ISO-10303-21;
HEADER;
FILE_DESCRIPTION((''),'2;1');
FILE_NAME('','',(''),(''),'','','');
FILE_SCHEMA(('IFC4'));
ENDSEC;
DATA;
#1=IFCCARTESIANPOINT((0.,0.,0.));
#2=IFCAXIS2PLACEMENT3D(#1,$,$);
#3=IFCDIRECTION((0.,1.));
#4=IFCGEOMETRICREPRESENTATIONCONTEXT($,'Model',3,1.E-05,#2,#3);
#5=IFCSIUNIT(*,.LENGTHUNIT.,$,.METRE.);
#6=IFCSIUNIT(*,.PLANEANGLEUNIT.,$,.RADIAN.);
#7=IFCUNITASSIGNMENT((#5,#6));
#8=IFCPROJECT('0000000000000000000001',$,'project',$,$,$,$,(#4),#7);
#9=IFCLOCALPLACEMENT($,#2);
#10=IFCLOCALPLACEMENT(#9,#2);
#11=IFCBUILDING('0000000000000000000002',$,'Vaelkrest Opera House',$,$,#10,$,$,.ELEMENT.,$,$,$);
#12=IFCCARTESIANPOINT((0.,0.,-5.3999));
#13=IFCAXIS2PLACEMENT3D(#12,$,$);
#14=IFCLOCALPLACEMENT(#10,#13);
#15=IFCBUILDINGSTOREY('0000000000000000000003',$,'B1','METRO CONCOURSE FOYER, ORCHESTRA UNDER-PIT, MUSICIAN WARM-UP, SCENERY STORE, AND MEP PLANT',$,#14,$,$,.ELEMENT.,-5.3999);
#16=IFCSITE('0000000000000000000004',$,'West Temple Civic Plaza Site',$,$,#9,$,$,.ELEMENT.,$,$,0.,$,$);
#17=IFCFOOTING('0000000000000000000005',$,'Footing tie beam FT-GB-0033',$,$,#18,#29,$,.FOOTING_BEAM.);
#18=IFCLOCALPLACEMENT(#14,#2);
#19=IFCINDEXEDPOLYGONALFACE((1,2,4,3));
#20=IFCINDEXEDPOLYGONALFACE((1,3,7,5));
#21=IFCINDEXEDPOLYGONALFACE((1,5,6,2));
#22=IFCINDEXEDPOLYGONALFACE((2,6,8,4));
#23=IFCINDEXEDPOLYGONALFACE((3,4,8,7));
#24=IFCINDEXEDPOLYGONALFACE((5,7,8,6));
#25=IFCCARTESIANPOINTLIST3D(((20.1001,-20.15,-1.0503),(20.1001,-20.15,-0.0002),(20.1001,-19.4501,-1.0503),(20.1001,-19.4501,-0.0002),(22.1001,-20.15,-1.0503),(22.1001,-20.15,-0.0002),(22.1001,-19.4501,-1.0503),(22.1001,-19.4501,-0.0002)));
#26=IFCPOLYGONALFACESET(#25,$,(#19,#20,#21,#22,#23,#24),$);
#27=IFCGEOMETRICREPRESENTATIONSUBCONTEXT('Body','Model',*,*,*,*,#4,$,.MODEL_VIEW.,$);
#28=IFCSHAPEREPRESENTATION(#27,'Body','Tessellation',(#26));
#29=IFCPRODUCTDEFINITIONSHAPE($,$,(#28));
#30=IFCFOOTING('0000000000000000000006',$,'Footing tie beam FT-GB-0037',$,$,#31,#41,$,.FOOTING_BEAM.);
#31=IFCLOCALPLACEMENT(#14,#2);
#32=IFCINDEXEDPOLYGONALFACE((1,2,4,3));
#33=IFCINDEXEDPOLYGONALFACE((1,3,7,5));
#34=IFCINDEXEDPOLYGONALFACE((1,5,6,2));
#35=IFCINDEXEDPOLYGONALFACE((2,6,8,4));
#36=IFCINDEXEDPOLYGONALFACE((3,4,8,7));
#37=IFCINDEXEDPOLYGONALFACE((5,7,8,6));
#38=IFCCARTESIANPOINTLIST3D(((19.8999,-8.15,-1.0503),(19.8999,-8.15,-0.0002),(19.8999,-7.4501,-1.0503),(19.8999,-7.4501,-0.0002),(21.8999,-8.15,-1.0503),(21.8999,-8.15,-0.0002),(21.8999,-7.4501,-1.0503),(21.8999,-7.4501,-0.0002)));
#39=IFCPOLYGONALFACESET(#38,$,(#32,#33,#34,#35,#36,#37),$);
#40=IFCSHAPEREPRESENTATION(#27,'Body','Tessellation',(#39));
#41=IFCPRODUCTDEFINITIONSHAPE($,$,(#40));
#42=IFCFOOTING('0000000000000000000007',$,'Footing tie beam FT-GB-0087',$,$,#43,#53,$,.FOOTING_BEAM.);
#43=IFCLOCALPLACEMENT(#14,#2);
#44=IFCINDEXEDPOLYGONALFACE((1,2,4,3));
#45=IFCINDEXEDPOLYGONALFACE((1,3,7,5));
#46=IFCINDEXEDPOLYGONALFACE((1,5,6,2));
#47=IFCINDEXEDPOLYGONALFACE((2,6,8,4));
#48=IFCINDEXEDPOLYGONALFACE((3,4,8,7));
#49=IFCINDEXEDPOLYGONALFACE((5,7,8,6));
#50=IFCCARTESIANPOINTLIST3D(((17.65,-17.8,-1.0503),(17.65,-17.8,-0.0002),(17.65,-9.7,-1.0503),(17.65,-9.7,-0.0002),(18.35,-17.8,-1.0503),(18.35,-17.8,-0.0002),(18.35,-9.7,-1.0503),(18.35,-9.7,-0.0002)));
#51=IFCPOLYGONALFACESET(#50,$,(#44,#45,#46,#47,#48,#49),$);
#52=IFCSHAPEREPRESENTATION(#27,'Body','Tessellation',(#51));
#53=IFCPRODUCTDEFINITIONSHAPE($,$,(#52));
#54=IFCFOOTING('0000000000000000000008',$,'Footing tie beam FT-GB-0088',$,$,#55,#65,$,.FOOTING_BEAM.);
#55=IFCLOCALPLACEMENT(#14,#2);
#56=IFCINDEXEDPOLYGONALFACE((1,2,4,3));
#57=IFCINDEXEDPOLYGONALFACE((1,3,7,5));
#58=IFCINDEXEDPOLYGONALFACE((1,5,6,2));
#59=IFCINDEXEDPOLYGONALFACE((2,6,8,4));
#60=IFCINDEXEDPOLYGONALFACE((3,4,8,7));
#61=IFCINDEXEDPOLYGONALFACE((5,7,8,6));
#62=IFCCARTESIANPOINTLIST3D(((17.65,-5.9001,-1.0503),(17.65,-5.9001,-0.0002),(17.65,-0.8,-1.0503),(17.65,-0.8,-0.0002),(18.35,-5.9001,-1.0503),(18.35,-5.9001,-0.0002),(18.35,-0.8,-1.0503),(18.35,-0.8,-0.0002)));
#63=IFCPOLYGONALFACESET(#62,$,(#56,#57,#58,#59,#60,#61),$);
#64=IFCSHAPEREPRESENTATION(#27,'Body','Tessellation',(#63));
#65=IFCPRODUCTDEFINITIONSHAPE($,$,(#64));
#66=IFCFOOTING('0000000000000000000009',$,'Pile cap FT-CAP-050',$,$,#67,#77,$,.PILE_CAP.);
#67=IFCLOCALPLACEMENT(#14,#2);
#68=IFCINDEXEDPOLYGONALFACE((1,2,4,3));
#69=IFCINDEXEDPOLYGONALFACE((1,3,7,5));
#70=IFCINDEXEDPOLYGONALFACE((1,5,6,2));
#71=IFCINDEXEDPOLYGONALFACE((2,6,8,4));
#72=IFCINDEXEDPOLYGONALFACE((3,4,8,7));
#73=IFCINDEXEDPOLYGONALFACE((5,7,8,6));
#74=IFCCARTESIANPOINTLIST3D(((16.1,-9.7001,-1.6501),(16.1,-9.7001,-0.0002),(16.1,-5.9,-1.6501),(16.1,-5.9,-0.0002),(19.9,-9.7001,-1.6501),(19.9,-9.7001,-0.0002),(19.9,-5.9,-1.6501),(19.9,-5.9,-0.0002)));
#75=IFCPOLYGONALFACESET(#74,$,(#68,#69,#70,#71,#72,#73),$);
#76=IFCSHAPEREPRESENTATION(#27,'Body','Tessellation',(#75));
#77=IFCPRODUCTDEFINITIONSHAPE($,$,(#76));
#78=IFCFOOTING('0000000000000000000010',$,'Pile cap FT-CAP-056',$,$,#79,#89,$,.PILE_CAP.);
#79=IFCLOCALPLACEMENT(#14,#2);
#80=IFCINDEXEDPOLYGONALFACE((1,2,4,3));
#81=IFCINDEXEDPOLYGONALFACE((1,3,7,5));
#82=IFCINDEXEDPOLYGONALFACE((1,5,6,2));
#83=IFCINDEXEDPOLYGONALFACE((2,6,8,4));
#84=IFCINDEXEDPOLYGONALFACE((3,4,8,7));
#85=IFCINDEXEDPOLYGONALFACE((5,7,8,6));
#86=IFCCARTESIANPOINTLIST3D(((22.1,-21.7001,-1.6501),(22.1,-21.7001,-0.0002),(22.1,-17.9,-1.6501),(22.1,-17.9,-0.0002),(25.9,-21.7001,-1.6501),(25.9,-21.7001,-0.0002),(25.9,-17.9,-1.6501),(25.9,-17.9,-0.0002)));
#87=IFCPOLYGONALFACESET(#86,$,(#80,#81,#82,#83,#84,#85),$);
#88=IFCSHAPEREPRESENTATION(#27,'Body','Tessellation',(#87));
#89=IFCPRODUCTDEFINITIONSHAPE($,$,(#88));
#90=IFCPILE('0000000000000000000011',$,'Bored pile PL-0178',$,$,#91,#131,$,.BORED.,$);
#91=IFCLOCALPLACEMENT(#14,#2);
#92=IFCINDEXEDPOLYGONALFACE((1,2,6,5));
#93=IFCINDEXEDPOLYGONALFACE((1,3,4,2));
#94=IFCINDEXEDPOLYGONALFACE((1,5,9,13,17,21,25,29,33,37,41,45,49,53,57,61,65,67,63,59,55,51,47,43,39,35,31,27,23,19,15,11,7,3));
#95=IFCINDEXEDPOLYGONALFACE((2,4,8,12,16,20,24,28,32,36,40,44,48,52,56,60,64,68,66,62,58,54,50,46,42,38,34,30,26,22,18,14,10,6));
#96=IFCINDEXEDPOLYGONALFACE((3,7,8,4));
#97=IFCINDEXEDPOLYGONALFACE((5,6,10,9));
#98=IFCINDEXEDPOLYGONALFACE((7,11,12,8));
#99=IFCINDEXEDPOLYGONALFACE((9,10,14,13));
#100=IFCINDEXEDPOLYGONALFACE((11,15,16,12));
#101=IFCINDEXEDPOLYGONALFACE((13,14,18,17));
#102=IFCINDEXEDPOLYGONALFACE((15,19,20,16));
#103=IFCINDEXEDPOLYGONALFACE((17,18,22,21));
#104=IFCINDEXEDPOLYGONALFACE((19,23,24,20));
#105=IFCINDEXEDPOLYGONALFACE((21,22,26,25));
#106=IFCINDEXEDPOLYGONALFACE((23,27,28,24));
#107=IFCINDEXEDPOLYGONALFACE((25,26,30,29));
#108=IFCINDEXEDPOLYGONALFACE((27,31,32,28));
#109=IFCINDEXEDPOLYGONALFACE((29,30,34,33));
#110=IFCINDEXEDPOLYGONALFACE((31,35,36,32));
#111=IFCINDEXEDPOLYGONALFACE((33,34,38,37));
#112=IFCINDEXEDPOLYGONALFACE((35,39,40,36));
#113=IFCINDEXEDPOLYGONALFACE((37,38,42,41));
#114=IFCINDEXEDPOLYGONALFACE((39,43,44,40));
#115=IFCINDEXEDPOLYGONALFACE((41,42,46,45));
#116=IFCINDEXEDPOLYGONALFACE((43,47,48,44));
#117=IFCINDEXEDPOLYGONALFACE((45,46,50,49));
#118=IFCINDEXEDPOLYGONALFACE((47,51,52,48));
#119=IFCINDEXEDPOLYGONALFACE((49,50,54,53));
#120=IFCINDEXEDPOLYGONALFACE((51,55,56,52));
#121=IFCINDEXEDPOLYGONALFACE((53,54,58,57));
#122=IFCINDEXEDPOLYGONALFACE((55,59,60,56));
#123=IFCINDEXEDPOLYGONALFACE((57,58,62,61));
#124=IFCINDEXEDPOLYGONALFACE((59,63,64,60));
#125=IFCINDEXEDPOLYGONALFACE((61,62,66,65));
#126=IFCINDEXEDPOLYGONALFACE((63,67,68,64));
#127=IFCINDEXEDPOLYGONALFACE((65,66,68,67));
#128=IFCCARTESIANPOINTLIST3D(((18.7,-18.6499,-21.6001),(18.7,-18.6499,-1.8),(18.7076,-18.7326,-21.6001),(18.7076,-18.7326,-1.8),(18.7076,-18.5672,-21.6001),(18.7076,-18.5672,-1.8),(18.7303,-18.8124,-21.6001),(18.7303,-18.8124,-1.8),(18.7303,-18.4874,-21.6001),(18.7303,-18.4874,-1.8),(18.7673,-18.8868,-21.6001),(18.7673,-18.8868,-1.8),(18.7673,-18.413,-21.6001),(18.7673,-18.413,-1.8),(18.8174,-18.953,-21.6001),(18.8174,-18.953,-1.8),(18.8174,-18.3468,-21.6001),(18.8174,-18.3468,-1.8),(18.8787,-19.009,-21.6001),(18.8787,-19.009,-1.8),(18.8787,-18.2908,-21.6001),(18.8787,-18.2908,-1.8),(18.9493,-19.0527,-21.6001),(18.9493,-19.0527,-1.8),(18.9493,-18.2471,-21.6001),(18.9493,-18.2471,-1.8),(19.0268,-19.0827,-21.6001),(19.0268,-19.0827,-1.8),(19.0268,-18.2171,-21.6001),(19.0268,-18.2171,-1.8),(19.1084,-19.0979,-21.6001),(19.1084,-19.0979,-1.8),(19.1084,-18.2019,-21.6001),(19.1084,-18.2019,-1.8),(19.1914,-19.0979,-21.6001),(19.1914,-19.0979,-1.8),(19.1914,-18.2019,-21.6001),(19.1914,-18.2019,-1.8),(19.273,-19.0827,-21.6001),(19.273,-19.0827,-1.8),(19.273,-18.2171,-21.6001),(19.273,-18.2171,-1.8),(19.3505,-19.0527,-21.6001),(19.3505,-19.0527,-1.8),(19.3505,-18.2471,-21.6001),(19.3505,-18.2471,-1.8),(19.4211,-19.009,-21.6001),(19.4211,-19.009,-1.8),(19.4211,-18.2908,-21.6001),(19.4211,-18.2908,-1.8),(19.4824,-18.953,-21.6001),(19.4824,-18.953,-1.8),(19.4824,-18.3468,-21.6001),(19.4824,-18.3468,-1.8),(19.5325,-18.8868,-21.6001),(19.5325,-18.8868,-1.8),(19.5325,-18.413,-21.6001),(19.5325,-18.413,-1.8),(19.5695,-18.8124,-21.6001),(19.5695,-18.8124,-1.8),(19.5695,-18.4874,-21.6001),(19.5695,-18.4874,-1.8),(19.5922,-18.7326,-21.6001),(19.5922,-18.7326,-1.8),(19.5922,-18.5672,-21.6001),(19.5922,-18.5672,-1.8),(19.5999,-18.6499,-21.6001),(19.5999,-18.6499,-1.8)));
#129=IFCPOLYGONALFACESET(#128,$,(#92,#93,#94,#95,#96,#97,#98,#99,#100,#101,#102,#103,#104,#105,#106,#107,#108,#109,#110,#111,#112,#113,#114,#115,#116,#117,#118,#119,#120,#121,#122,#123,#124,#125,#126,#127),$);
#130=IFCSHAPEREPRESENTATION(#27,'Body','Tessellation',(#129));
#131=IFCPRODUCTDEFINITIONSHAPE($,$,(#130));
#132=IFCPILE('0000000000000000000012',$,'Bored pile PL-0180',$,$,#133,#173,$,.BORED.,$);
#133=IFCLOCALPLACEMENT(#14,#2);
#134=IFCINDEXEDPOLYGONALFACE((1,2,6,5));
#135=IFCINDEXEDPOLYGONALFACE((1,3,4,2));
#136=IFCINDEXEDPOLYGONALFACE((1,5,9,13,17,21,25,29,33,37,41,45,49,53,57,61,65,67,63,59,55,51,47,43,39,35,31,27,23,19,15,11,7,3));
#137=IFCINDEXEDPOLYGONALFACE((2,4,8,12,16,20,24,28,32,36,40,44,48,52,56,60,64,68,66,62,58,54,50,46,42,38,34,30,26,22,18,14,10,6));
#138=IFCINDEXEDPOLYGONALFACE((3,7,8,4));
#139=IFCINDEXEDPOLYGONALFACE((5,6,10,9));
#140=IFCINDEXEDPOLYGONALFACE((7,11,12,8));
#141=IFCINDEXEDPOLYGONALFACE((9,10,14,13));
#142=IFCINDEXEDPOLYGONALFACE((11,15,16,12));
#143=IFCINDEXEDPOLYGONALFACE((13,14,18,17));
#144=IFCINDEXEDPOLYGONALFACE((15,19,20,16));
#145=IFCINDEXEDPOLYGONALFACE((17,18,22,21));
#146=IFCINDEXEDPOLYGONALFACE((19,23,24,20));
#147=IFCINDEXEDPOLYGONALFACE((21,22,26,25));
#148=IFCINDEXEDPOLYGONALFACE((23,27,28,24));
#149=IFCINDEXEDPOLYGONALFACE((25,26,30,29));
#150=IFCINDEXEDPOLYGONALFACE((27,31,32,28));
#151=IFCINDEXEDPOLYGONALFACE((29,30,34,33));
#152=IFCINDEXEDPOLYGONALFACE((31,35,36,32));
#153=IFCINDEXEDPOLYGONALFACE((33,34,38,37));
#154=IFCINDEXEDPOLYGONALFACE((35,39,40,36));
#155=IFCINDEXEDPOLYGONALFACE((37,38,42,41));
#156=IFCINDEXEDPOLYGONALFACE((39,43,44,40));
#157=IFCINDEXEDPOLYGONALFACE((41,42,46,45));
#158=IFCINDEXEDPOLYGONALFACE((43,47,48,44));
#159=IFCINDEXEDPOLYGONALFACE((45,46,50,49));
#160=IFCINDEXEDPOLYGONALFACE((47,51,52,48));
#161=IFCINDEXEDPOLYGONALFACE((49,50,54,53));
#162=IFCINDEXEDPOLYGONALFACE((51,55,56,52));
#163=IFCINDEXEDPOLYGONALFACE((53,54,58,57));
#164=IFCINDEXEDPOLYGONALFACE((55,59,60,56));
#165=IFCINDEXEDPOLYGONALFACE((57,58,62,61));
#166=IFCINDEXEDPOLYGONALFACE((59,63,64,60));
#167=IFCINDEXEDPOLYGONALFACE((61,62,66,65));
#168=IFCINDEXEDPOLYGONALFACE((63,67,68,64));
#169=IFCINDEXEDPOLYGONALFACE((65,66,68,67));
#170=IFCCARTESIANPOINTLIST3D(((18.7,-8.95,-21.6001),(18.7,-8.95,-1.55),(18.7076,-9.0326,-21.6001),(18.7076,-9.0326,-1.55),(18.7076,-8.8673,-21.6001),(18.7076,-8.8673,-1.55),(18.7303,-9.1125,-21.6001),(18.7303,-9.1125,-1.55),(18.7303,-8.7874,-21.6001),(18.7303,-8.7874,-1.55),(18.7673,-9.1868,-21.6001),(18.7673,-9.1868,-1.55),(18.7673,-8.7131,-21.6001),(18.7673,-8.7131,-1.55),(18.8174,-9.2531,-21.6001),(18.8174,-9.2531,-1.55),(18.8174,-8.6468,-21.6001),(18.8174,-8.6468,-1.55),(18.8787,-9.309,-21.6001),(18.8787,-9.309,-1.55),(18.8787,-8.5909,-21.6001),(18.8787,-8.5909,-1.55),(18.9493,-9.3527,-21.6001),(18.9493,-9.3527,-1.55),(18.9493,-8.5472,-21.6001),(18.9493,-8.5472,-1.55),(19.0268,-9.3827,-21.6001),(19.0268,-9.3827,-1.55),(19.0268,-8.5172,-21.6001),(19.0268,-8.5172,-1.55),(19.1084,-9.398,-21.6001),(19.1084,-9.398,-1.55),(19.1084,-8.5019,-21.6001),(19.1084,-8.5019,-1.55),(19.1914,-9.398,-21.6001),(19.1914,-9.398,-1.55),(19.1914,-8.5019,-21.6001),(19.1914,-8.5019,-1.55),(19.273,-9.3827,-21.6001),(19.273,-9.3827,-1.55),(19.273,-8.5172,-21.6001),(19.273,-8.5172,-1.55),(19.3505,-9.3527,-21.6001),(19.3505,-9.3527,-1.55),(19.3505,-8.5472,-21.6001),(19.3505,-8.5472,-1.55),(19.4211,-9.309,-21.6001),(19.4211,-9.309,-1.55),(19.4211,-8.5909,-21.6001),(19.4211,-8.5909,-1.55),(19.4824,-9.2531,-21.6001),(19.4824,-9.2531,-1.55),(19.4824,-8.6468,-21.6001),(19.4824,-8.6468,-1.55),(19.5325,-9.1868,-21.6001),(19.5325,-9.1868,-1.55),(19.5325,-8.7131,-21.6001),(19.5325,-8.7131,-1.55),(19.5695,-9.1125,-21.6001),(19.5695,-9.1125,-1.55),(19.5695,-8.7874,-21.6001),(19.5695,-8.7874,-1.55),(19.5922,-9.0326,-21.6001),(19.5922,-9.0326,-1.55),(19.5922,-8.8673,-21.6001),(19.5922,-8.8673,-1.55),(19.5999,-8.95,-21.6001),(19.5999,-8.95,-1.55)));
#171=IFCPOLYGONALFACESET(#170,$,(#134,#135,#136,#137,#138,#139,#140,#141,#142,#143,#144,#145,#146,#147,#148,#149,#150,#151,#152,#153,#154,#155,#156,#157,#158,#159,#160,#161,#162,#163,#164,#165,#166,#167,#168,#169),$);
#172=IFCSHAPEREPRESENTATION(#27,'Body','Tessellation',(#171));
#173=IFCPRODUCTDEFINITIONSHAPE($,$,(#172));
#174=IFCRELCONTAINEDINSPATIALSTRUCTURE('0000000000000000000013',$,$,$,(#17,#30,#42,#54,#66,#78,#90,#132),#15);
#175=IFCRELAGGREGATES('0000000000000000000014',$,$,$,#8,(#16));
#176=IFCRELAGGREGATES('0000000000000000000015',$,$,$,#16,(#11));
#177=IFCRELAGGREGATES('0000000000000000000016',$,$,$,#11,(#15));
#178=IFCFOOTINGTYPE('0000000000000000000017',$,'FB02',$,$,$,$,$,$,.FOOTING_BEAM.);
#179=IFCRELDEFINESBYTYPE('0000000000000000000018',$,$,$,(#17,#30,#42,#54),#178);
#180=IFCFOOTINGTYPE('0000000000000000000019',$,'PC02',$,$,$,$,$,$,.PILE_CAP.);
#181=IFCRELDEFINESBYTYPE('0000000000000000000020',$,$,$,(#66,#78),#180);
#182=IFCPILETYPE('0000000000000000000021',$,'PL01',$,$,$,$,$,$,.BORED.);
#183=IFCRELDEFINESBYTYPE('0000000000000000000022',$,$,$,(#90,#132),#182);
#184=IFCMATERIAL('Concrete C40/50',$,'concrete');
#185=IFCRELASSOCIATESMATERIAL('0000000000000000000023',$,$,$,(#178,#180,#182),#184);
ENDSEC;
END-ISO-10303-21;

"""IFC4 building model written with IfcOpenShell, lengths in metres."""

from ifc_helpers import new_model, si_unit, direction, frame, origin, origin_2d, place, context, subcontext, project, spatial, rectangle, circle, extrude, material, material_profile, profile_set, type_object, element, save


model = new_model("IFC4")

# Units and contexts
model_context = context("Model", 3, precision=1e-05, world=origin(), true_north=direction((0.0, 1.0)))
body_context = subcontext(model_context, "Body", "Model", "MODEL_VIEW")
ifc_project = project(units=[si_unit("LENGTHUNIT", "METRE"), si_unit("PLANEANGLEUNIT", "RADIAN")], contexts=[model_context])

# Site, building, storey
site_placement = place(None, origin())
site = spatial("IfcSite", under=ifc_project, at=site_placement, Name="West Temple Civic Plaza Site", CompositionType="ELEMENT", RefElevation=0.0)
building_placement = place(site_placement, origin())
building = spatial("IfcBuilding", under=site, at=building_placement, Name="Vaelkrest Opera House", CompositionType="ELEMENT")
storey_placement = place(building_placement, frame((0.0, 0.0, -5.3999)))
storey = spatial("IfcBuildingStorey", under=building, at=storey_placement, Name="B1", Description="METRO CONCOURSE FOYER, ORCHESTRA UNDER-PIT, MUSICIAN WARM-UP, SCENERY STORE, AND MEP PLANT", CompositionType="ELEMENT", Elevation=-5.3999)

# Footings
ifc_material_1 = material(Name="Concrete C40/50", Category="concrete")
footing_type_1 = type_object("IfcFootingType", Name="FB02", PredefinedType="FOOTING_BEAM", material=ifc_material_1)
for number, where, z_axis, x_axis, name in (
    (1, (21.1001, -19.8, -1.0503), (0.0, 0.0, 1.0), (1.0, 0.0, 0.0), "Footing tie beam FT-GB-0033"),
    (2, (20.8999, -7.8, -1.0503), (0.0, 0.0, 1.0), (1.0, 0.0, 0.0), "Footing tie beam FT-GB-0037"),
):
    element("IfcFooting", number, at=place(storey_placement, frame(where, z_axis=z_axis, x_axis=x_axis)), inside=storey, type_object=footing_type_1, Name=name, PredefinedType="FOOTING_BEAM", context=body_context, shape_type="SweptSolid", body=[
        extrude(rectangle(XDim=2.0, YDim=0.7, at=origin_2d()), origin(), (0.0, 0.0, 1.0), 1.05),
    ])
footing_1_placement = place(storey_placement, frame((18.0, -13.75, -1.0503), z_axis=(0.0, 0.0, 1.0), x_axis=(0.0, 1.0, 0.0)))
element("IfcFooting", 3, at=footing_1_placement, inside=storey, type_object=footing_type_1, Name="Footing tie beam FT-GB-0087", PredefinedType="FOOTING_BEAM", context=body_context, shape_type="SweptSolid", body=[
    extrude(rectangle(XDim=8.1001, YDim=0.7, at=origin_2d()), origin(), (0.0, 0.0, 1.0), 1.05),
])
footing_2_placement = place(storey_placement, frame((18.0, -3.3501, -1.0503), z_axis=(0.0, 0.0, 1.0), x_axis=(0.0, 1.0, 0.0)))
element("IfcFooting", 4, at=footing_2_placement, inside=storey, type_object=footing_type_1, Name="Footing tie beam FT-GB-0088", PredefinedType="FOOTING_BEAM", context=body_context, shape_type="SweptSolid", body=[
    extrude(rectangle(XDim=5.1001, YDim=0.7, at=origin_2d()), origin(), (0.0, 0.0, 1.0), 1.05),
])
footing_type_2 = type_object("IfcFootingType", Name="PC02", PredefinedType="PILE_CAP", material=ifc_material_1)
for number, where, z_axis, x_axis, name in (
    (5, (18.0, -7.8, -1.6501), (0.0, 0.0, 1.0), (1.0, 0.0, 0.0), "Pile cap FT-CAP-050"),
    (6, (24.0, -19.8, -1.6501), (0.0, 0.0, 1.0), (1.0, 0.0, 0.0), "Pile cap FT-CAP-056"),
):
    element("IfcFooting", number, at=place(storey_placement, frame(where, z_axis=z_axis, x_axis=x_axis)), inside=storey, type_object=footing_type_2, Name=name, PredefinedType="PILE_CAP", context=body_context, shape_type="SweptSolid", body=[
        extrude(rectangle(XDim=3.8, YDim=3.8, at=origin_2d()), origin(), (0.0, 0.0, 1.0), 1.6499),
    ])

# Piles
ifc_material_profile_1 = material_profile(ifc_material_1, circle(Radius=0.45, at=origin_2d()), Name="PILE900")
ifc_profile_set_1 = profile_set([ifc_material_profile_1], Name="Concrete C40/50")
pile_type = type_object("IfcPileType", Name="PL01", PredefinedType="BORED", material=ifc_profile_set_1)
pile_placement = place(storey_placement, frame((19.1499, -18.6499, -1.8), z_axis=(0.0, 0.0, -1.0), x_axis=(1.0, 0.0, 0.0)))
element("IfcPile", 7, at=pile_placement, inside=storey, type_object=pile_type, Name="Bored pile PL-0178", PredefinedType="BORED", context=body_context, shape_type="SweptSolid", body=[
    extrude(circle(Radius=0.45, at=origin_2d()), origin(), (0.0, 0.0, 1.0), 19.8),
])
for number, where, z_axis, x_axis, name in (
    (8, (19.1499, -8.95, -1.55), (0.0, 0.0, -1.0), (1.0, 0.0, 0.0), "Bored pile PL-0180"),
):
    element("IfcPile", number, at=place(storey_placement, frame(where, z_axis=z_axis, x_axis=x_axis)), inside=storey, type_object=pile_type, Name=name, PredefinedType="BORED", context=body_context, shape_type="SweptSolid", body=[
        extrude(circle(Radius=0.45, at=origin_2d()), origin(), (0.0, 0.0, 1.0), 20.05),
    ])

save(model, "model.ifc")
